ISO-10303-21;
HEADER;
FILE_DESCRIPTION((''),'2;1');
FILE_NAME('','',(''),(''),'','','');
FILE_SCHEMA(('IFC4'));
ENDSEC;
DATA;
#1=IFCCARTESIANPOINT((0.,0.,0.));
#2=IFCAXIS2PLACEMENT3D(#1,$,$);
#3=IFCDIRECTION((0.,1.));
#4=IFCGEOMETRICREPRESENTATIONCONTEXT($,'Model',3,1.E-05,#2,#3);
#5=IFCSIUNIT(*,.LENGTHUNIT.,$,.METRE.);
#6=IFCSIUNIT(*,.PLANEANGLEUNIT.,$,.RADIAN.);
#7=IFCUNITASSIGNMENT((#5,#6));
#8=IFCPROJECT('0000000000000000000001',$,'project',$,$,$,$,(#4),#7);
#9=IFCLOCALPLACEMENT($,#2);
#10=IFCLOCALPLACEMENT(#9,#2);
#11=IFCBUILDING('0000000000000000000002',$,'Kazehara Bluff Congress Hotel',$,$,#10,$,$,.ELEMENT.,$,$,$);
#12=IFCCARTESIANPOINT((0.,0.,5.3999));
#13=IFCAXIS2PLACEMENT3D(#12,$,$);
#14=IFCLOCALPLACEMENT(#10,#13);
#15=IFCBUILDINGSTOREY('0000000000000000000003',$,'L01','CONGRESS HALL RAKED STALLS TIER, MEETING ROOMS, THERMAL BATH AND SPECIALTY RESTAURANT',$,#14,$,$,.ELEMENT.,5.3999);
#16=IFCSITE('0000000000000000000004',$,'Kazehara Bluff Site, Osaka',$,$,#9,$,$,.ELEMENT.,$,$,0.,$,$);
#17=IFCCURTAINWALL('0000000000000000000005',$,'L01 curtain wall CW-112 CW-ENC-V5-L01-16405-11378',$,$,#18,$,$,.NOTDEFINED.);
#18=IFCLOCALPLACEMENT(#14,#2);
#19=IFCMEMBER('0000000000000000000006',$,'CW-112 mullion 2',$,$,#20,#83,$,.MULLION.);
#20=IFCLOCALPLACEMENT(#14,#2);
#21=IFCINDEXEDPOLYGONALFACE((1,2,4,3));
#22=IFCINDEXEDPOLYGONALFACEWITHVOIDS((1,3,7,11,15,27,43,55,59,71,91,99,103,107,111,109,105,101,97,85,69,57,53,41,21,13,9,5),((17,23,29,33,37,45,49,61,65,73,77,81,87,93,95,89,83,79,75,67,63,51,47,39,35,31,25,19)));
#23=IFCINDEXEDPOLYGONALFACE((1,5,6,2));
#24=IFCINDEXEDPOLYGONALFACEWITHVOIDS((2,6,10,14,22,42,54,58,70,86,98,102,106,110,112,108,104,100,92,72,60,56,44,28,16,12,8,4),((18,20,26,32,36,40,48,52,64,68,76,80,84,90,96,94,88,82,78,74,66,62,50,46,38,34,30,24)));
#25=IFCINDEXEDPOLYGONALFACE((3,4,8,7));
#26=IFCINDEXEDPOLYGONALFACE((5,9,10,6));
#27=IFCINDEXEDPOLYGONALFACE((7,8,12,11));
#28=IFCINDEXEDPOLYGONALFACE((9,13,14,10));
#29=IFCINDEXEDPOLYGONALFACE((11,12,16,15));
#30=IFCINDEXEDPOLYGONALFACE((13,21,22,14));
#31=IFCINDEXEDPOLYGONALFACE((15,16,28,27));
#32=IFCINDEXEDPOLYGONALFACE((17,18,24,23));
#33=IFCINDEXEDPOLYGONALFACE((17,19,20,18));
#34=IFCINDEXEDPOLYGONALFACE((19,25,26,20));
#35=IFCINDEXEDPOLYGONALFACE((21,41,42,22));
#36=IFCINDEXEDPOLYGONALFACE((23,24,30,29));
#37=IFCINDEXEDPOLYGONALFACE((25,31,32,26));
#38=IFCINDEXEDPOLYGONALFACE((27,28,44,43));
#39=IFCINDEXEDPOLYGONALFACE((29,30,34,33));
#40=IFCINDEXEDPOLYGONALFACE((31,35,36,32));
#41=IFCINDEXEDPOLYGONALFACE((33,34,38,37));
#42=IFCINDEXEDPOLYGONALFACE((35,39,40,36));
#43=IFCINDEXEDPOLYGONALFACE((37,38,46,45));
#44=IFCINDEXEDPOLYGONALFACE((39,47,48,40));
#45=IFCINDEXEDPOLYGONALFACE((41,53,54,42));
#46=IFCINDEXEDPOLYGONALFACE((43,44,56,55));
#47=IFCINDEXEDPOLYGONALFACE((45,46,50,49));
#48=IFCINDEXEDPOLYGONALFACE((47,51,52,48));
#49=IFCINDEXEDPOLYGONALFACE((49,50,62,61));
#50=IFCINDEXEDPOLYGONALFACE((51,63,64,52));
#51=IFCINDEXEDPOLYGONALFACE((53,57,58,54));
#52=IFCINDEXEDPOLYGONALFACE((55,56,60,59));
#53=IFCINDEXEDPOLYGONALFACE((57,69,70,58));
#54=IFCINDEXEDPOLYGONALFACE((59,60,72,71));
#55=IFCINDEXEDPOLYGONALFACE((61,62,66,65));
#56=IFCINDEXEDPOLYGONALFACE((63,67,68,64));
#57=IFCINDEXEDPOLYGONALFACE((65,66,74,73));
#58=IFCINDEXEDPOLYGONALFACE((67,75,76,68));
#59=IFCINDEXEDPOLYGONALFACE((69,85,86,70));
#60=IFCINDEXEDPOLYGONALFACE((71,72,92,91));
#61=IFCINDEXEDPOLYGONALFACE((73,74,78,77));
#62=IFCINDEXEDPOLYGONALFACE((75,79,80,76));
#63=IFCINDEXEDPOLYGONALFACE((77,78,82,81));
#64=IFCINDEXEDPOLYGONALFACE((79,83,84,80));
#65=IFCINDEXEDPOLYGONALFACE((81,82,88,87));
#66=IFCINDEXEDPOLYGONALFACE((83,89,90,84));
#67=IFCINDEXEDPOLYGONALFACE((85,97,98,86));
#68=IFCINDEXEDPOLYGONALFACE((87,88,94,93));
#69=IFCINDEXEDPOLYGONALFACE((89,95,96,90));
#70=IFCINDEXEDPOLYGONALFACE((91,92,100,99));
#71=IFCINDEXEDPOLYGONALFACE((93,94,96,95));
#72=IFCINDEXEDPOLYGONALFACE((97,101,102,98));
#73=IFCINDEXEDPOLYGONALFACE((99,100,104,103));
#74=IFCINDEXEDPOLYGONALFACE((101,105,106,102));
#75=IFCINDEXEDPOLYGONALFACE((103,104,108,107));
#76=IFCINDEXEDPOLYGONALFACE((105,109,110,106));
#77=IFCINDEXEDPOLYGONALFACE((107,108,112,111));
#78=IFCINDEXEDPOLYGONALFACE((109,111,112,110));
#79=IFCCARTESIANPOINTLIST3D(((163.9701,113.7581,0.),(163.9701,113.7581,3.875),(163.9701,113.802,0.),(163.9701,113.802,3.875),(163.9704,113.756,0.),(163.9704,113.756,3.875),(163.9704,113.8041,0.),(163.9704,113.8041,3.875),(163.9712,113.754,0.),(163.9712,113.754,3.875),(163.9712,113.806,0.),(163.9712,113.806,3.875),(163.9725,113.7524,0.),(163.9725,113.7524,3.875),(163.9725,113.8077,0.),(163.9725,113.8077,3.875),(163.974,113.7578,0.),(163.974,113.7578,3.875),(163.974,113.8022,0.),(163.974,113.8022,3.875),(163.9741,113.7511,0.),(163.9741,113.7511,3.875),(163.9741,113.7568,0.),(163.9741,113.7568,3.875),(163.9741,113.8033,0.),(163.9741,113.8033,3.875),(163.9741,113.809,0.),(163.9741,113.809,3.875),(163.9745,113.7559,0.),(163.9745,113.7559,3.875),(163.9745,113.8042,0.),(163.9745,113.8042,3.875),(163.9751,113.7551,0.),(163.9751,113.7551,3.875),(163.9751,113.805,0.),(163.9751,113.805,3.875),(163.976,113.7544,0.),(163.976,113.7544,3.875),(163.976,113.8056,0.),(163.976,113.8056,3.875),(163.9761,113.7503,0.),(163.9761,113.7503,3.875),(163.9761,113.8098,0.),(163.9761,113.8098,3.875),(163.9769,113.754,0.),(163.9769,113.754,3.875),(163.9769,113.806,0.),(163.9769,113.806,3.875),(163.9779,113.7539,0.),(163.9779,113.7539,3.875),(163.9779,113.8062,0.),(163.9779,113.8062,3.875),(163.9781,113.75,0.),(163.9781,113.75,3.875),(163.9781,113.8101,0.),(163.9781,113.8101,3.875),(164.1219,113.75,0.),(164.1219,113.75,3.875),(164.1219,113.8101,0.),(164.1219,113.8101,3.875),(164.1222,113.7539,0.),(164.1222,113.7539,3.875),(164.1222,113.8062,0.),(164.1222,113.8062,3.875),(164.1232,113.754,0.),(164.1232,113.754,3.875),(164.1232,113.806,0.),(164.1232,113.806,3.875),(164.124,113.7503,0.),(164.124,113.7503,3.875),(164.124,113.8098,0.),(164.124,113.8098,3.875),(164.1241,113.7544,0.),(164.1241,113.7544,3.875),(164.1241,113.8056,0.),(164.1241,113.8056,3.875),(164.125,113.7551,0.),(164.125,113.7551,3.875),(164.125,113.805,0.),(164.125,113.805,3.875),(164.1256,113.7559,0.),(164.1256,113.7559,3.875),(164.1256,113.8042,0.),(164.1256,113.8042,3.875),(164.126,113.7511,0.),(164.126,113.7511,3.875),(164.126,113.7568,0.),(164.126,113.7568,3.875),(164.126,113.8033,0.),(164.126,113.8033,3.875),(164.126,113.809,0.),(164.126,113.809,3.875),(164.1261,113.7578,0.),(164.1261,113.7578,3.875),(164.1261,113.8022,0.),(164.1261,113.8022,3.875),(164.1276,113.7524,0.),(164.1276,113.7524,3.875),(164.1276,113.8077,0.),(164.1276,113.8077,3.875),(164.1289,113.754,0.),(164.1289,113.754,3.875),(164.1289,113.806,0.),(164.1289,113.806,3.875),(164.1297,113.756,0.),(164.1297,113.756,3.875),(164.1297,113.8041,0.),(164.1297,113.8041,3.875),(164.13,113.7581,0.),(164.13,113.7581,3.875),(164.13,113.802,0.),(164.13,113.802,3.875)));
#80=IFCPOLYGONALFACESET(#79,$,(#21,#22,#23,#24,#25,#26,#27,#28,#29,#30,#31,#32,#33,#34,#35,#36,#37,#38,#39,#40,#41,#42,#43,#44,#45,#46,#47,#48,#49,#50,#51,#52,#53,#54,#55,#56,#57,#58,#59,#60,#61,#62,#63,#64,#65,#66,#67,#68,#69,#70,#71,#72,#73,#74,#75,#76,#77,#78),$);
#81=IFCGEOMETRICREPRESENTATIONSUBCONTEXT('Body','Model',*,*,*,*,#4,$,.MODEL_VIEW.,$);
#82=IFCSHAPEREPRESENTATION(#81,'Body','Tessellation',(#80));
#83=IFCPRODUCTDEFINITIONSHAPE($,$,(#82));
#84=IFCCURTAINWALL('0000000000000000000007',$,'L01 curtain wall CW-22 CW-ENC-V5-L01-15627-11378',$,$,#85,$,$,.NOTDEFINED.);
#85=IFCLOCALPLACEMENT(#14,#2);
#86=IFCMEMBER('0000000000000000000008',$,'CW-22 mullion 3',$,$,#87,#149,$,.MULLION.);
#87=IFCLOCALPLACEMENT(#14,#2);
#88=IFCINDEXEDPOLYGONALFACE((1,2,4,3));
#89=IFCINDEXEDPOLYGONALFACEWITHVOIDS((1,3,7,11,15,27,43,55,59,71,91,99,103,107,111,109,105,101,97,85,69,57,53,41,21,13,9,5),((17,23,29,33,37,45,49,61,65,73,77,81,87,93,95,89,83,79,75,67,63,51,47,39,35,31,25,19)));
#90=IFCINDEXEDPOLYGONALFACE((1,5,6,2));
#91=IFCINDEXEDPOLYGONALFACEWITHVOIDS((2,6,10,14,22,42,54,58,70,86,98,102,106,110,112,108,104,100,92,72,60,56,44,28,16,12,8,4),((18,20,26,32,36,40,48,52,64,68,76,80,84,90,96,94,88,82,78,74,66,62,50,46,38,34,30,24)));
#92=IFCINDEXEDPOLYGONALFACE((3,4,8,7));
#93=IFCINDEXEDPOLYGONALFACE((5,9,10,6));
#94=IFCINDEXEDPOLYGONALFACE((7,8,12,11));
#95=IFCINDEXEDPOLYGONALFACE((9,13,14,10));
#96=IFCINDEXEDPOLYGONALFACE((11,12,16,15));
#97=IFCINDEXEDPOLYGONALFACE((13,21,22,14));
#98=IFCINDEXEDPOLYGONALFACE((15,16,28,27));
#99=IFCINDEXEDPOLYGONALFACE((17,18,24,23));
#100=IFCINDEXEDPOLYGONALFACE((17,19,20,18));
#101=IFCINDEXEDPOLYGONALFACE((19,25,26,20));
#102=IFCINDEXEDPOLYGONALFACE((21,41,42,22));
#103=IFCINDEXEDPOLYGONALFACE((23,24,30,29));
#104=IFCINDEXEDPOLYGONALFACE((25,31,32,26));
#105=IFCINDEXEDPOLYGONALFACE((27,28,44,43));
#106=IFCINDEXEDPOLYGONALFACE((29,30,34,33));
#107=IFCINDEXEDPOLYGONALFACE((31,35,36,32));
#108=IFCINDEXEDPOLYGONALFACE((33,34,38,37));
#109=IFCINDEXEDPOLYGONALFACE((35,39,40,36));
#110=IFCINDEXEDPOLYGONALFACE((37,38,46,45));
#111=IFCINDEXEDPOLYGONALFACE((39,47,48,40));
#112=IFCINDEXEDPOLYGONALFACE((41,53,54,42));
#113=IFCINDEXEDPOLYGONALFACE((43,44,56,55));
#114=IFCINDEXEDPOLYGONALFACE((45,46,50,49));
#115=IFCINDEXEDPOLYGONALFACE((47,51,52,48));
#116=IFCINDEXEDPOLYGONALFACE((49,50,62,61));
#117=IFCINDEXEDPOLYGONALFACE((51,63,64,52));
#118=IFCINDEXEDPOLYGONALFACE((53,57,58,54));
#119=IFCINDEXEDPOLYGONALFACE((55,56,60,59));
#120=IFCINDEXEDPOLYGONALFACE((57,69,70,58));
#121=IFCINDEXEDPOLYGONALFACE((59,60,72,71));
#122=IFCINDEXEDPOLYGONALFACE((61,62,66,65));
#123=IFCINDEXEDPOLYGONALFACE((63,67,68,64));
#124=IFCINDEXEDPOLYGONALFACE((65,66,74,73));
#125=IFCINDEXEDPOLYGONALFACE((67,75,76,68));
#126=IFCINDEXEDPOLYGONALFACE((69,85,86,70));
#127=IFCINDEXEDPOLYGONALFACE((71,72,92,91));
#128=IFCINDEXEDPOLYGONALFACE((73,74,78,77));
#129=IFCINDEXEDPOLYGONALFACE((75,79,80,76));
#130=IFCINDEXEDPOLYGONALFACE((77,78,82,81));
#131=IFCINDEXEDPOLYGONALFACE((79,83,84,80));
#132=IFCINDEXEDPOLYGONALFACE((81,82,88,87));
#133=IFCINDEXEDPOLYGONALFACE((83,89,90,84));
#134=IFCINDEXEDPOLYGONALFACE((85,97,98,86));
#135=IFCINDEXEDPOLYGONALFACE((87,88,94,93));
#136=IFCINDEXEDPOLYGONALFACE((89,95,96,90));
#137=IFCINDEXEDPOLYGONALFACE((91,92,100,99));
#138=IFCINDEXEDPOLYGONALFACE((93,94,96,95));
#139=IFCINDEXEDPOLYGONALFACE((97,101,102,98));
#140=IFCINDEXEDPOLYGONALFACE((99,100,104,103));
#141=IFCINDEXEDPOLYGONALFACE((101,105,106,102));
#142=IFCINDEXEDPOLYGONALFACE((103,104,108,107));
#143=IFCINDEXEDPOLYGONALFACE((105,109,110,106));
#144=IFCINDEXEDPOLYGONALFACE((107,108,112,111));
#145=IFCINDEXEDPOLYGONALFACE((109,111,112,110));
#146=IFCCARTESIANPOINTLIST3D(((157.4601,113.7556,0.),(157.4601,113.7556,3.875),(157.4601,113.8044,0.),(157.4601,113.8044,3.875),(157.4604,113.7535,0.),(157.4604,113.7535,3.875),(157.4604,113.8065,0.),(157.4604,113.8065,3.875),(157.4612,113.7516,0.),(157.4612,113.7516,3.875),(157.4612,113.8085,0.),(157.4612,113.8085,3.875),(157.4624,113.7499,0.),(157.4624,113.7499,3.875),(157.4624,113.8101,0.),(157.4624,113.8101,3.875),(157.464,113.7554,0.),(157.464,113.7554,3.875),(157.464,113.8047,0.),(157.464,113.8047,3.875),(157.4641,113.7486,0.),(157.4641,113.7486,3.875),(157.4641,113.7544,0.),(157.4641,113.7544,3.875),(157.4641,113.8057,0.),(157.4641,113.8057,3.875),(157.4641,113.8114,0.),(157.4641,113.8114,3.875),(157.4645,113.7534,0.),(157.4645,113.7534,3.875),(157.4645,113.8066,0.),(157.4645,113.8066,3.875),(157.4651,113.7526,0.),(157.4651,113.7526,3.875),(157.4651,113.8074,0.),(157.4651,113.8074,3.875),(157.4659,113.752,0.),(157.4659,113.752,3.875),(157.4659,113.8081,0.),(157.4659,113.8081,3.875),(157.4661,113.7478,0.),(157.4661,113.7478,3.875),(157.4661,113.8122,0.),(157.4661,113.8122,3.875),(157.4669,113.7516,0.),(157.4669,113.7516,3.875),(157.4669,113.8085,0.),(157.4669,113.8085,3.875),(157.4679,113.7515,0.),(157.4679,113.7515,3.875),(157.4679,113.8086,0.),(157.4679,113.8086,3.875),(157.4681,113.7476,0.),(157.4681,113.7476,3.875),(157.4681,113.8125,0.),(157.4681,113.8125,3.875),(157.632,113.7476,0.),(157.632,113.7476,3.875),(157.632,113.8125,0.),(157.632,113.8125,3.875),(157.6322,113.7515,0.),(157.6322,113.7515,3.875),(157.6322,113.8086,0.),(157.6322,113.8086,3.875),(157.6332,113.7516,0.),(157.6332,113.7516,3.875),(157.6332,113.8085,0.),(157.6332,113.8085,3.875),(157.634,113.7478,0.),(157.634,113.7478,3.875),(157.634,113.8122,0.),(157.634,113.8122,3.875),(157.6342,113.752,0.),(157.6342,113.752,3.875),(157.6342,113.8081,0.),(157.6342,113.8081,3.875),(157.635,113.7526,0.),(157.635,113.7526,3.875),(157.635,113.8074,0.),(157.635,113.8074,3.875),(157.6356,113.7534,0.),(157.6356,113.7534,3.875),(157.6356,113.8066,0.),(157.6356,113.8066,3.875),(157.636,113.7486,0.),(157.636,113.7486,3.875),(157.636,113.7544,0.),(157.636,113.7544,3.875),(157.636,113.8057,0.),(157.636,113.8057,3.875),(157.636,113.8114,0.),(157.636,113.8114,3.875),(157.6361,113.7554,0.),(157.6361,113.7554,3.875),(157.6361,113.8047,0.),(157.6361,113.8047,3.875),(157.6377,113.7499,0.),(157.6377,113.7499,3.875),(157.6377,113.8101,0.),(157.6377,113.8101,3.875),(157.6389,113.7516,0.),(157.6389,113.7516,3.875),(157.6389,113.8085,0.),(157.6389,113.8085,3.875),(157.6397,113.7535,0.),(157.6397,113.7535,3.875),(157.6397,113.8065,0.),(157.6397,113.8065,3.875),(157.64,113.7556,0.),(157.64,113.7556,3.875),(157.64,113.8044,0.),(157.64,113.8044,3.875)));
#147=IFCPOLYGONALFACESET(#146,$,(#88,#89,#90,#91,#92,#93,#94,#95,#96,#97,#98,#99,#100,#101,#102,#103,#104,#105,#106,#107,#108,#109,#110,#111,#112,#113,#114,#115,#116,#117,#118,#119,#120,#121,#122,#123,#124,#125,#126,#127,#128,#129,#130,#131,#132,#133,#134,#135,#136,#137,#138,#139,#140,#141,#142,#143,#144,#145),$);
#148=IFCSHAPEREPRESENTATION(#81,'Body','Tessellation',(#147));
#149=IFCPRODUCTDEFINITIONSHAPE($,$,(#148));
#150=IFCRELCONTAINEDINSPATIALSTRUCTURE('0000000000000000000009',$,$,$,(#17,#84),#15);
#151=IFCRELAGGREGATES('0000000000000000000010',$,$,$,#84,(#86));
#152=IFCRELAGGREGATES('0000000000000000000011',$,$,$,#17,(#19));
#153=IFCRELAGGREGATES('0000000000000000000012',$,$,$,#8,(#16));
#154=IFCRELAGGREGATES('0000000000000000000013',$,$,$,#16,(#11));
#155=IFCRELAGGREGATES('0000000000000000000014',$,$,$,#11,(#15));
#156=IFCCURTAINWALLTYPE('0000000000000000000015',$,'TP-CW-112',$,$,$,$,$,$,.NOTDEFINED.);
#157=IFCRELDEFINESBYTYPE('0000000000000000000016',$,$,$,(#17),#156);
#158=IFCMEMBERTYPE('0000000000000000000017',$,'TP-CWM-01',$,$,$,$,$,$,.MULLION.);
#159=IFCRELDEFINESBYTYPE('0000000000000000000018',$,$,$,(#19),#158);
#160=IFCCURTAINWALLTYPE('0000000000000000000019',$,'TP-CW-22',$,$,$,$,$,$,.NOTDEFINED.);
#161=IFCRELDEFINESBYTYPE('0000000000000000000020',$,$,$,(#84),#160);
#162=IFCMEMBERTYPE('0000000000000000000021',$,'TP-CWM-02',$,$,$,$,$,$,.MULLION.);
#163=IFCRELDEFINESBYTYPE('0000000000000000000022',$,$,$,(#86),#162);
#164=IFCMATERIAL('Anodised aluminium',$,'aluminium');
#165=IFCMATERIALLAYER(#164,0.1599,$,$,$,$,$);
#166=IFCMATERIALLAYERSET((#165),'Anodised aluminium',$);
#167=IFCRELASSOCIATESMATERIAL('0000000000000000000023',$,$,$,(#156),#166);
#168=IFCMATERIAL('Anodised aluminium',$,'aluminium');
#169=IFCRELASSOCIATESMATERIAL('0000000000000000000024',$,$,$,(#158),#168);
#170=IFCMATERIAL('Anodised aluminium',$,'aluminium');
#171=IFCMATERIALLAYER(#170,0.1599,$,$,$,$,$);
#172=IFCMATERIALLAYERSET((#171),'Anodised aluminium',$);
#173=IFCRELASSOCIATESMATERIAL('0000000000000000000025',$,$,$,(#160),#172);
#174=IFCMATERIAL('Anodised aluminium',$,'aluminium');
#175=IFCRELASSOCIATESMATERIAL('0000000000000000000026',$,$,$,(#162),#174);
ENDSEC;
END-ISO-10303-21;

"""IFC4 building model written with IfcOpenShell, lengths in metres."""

from ifc_helpers import new_model, si_unit, direction, frame, origin, origin_2d, place, context, subcontext, project, spatial, hollow_rectangle, extrude, material, layer, layer_set, material_profile, profile_set, type_object, element, aggregate, save


model = new_model("IFC4")

# Units and contexts
model_context = context("Model", 3, precision=1e-05, world=origin(), true_north=direction((0.0, 1.0)))
body_context = subcontext(model_context, "Body", "Model", "MODEL_VIEW")
ifc_project = project(units=[si_unit("LENGTHUNIT", "METRE"), si_unit("PLANEANGLEUNIT", "RADIAN")], contexts=[model_context])

# Site, building, storey
site_placement = place(None, origin())
site = spatial("IfcSite", under=ifc_project, at=site_placement, Name="Kazehara Bluff Site, Osaka", CompositionType="ELEMENT", RefElevation=0.0)
building_placement = place(site_placement, origin())
building = spatial("IfcBuilding", under=site, at=building_placement, Name="Kazehara Bluff Congress Hotel", CompositionType="ELEMENT")
storey_placement = place(building_placement, frame((0.0, 0.0, 5.3999)))
storey = spatial("IfcBuildingStorey", under=building, at=storey_placement, Name="L01", Description="CONGRESS HALL RAKED STALLS TIER, MEETING ROOMS, THERMAL BATH AND SPECIALTY RESTAURANT", CompositionType="ELEMENT", Elevation=5.3999)

# Curtain walls, members
ifc_material_1 = material(Name="Anodised aluminium", Category="aluminium")
ifc_layer_1 = layer(ifc_material_1, 0.1599)
ifc_layer_set_1 = layer_set([ifc_layer_1], Name="Anodised aluminium")
curtain_wall_type_1 = type_object("IfcCurtainWallType", Name="TP-CW-112", PredefinedType="NOTDEFINED", material=ifc_layer_set_1)
curtain_wall_1_placement = place(storey_placement, origin())
curtain_wall_1 = element("IfcCurtainWall", 1, at=curtain_wall_1_placement, inside=storey, type_object=curtain_wall_type_1, Name="L01 curtain wall CW-112 CW-ENC-V5-L01-16405-11378", PredefinedType="NOTDEFINED")
ifc_material_2 = material(Name="Anodised aluminium", Category="aluminium")
ifc_material_profile_1 = material_profile(ifc_material_2, hollow_rectangle(XDim=0.0601, YDim=0.1599, WallThickness=0.0039, InnerFilletRadius=0.0039, OuterFilletRadius=0.0081, at=origin_2d()))
ifc_profile_set_1 = profile_set([ifc_material_profile_1], Name="Anodised aluminium")
member_type_1 = type_object("IfcMemberType", Name="TP-CWM-01", PredefinedType="MULLION", material=ifc_profile_set_1)
member_1_placement = place(storey_placement, frame((164.05, 113.78, 0.0), z_axis=(0.0, 0.0, 1.0), x_axis=(0.0, 1.0, 0.0)))
member_1 = element("IfcMember", 2, at=member_1_placement, type_object=member_type_1, Name="CW-112 mullion 2", PredefinedType="MULLION", context=body_context, shape_type="SweptSolid", body=[
    extrude(hollow_rectangle(XDim=0.0601, YDim=0.1599, WallThickness=0.0039, InnerFilletRadius=0.0039, OuterFilletRadius=0.0081, at=origin_2d()), origin(), (0.0, 0.0, 1.0), 3.875),
])
ifc_material_3 = material(Name="Anodised aluminium", Category="aluminium")
ifc_layer_2 = layer(ifc_material_3, 0.1599)
ifc_layer_set_2 = layer_set([ifc_layer_2], Name="Anodised aluminium")
curtain_wall_type_2 = type_object("IfcCurtainWallType", Name="TP-CW-22", PredefinedType="NOTDEFINED", material=ifc_layer_set_2)
curtain_wall_2_placement = place(storey_placement, origin())
curtain_wall_2 = element("IfcCurtainWall", 3, at=curtain_wall_2_placement, inside=storey, type_object=curtain_wall_type_2, Name="L01 curtain wall CW-22 CW-ENC-V5-L01-15627-11378", PredefinedType="NOTDEFINED")
ifc_material_4 = material(Name="Anodised aluminium", Category="aluminium")
ifc_material_profile_2 = material_profile(ifc_material_4, hollow_rectangle(XDim=0.0649, YDim=0.1799, WallThickness=0.0039, InnerFilletRadius=0.0039, OuterFilletRadius=0.0081, at=origin_2d()))
ifc_profile_set_2 = profile_set([ifc_material_profile_2], Name="Anodised aluminium")
member_type_2 = type_object("IfcMemberType", Name="TP-CWM-02", PredefinedType="MULLION", material=ifc_profile_set_2)
member_2_placement = place(storey_placement, frame((157.55, 113.78, 0.0), z_axis=(0.0, 0.0, 1.0), x_axis=(0.0, 1.0, 0.0)))
member_2 = element("IfcMember", 4, at=member_2_placement, type_object=member_type_2, Name="CW-22 mullion 3", PredefinedType="MULLION", context=body_context, shape_type="SweptSolid", body=[
    extrude(hollow_rectangle(XDim=0.0649, YDim=0.1799, WallThickness=0.0039, InnerFilletRadius=0.0039, OuterFilletRadius=0.0081, at=origin_2d()), origin(), (0.0, 0.0, 1.0), 3.875),
])

aggregate(curtain_wall_2, [member_2])
aggregate(curtain_wall_1, [member_1])

save(model, "model.ifc")
